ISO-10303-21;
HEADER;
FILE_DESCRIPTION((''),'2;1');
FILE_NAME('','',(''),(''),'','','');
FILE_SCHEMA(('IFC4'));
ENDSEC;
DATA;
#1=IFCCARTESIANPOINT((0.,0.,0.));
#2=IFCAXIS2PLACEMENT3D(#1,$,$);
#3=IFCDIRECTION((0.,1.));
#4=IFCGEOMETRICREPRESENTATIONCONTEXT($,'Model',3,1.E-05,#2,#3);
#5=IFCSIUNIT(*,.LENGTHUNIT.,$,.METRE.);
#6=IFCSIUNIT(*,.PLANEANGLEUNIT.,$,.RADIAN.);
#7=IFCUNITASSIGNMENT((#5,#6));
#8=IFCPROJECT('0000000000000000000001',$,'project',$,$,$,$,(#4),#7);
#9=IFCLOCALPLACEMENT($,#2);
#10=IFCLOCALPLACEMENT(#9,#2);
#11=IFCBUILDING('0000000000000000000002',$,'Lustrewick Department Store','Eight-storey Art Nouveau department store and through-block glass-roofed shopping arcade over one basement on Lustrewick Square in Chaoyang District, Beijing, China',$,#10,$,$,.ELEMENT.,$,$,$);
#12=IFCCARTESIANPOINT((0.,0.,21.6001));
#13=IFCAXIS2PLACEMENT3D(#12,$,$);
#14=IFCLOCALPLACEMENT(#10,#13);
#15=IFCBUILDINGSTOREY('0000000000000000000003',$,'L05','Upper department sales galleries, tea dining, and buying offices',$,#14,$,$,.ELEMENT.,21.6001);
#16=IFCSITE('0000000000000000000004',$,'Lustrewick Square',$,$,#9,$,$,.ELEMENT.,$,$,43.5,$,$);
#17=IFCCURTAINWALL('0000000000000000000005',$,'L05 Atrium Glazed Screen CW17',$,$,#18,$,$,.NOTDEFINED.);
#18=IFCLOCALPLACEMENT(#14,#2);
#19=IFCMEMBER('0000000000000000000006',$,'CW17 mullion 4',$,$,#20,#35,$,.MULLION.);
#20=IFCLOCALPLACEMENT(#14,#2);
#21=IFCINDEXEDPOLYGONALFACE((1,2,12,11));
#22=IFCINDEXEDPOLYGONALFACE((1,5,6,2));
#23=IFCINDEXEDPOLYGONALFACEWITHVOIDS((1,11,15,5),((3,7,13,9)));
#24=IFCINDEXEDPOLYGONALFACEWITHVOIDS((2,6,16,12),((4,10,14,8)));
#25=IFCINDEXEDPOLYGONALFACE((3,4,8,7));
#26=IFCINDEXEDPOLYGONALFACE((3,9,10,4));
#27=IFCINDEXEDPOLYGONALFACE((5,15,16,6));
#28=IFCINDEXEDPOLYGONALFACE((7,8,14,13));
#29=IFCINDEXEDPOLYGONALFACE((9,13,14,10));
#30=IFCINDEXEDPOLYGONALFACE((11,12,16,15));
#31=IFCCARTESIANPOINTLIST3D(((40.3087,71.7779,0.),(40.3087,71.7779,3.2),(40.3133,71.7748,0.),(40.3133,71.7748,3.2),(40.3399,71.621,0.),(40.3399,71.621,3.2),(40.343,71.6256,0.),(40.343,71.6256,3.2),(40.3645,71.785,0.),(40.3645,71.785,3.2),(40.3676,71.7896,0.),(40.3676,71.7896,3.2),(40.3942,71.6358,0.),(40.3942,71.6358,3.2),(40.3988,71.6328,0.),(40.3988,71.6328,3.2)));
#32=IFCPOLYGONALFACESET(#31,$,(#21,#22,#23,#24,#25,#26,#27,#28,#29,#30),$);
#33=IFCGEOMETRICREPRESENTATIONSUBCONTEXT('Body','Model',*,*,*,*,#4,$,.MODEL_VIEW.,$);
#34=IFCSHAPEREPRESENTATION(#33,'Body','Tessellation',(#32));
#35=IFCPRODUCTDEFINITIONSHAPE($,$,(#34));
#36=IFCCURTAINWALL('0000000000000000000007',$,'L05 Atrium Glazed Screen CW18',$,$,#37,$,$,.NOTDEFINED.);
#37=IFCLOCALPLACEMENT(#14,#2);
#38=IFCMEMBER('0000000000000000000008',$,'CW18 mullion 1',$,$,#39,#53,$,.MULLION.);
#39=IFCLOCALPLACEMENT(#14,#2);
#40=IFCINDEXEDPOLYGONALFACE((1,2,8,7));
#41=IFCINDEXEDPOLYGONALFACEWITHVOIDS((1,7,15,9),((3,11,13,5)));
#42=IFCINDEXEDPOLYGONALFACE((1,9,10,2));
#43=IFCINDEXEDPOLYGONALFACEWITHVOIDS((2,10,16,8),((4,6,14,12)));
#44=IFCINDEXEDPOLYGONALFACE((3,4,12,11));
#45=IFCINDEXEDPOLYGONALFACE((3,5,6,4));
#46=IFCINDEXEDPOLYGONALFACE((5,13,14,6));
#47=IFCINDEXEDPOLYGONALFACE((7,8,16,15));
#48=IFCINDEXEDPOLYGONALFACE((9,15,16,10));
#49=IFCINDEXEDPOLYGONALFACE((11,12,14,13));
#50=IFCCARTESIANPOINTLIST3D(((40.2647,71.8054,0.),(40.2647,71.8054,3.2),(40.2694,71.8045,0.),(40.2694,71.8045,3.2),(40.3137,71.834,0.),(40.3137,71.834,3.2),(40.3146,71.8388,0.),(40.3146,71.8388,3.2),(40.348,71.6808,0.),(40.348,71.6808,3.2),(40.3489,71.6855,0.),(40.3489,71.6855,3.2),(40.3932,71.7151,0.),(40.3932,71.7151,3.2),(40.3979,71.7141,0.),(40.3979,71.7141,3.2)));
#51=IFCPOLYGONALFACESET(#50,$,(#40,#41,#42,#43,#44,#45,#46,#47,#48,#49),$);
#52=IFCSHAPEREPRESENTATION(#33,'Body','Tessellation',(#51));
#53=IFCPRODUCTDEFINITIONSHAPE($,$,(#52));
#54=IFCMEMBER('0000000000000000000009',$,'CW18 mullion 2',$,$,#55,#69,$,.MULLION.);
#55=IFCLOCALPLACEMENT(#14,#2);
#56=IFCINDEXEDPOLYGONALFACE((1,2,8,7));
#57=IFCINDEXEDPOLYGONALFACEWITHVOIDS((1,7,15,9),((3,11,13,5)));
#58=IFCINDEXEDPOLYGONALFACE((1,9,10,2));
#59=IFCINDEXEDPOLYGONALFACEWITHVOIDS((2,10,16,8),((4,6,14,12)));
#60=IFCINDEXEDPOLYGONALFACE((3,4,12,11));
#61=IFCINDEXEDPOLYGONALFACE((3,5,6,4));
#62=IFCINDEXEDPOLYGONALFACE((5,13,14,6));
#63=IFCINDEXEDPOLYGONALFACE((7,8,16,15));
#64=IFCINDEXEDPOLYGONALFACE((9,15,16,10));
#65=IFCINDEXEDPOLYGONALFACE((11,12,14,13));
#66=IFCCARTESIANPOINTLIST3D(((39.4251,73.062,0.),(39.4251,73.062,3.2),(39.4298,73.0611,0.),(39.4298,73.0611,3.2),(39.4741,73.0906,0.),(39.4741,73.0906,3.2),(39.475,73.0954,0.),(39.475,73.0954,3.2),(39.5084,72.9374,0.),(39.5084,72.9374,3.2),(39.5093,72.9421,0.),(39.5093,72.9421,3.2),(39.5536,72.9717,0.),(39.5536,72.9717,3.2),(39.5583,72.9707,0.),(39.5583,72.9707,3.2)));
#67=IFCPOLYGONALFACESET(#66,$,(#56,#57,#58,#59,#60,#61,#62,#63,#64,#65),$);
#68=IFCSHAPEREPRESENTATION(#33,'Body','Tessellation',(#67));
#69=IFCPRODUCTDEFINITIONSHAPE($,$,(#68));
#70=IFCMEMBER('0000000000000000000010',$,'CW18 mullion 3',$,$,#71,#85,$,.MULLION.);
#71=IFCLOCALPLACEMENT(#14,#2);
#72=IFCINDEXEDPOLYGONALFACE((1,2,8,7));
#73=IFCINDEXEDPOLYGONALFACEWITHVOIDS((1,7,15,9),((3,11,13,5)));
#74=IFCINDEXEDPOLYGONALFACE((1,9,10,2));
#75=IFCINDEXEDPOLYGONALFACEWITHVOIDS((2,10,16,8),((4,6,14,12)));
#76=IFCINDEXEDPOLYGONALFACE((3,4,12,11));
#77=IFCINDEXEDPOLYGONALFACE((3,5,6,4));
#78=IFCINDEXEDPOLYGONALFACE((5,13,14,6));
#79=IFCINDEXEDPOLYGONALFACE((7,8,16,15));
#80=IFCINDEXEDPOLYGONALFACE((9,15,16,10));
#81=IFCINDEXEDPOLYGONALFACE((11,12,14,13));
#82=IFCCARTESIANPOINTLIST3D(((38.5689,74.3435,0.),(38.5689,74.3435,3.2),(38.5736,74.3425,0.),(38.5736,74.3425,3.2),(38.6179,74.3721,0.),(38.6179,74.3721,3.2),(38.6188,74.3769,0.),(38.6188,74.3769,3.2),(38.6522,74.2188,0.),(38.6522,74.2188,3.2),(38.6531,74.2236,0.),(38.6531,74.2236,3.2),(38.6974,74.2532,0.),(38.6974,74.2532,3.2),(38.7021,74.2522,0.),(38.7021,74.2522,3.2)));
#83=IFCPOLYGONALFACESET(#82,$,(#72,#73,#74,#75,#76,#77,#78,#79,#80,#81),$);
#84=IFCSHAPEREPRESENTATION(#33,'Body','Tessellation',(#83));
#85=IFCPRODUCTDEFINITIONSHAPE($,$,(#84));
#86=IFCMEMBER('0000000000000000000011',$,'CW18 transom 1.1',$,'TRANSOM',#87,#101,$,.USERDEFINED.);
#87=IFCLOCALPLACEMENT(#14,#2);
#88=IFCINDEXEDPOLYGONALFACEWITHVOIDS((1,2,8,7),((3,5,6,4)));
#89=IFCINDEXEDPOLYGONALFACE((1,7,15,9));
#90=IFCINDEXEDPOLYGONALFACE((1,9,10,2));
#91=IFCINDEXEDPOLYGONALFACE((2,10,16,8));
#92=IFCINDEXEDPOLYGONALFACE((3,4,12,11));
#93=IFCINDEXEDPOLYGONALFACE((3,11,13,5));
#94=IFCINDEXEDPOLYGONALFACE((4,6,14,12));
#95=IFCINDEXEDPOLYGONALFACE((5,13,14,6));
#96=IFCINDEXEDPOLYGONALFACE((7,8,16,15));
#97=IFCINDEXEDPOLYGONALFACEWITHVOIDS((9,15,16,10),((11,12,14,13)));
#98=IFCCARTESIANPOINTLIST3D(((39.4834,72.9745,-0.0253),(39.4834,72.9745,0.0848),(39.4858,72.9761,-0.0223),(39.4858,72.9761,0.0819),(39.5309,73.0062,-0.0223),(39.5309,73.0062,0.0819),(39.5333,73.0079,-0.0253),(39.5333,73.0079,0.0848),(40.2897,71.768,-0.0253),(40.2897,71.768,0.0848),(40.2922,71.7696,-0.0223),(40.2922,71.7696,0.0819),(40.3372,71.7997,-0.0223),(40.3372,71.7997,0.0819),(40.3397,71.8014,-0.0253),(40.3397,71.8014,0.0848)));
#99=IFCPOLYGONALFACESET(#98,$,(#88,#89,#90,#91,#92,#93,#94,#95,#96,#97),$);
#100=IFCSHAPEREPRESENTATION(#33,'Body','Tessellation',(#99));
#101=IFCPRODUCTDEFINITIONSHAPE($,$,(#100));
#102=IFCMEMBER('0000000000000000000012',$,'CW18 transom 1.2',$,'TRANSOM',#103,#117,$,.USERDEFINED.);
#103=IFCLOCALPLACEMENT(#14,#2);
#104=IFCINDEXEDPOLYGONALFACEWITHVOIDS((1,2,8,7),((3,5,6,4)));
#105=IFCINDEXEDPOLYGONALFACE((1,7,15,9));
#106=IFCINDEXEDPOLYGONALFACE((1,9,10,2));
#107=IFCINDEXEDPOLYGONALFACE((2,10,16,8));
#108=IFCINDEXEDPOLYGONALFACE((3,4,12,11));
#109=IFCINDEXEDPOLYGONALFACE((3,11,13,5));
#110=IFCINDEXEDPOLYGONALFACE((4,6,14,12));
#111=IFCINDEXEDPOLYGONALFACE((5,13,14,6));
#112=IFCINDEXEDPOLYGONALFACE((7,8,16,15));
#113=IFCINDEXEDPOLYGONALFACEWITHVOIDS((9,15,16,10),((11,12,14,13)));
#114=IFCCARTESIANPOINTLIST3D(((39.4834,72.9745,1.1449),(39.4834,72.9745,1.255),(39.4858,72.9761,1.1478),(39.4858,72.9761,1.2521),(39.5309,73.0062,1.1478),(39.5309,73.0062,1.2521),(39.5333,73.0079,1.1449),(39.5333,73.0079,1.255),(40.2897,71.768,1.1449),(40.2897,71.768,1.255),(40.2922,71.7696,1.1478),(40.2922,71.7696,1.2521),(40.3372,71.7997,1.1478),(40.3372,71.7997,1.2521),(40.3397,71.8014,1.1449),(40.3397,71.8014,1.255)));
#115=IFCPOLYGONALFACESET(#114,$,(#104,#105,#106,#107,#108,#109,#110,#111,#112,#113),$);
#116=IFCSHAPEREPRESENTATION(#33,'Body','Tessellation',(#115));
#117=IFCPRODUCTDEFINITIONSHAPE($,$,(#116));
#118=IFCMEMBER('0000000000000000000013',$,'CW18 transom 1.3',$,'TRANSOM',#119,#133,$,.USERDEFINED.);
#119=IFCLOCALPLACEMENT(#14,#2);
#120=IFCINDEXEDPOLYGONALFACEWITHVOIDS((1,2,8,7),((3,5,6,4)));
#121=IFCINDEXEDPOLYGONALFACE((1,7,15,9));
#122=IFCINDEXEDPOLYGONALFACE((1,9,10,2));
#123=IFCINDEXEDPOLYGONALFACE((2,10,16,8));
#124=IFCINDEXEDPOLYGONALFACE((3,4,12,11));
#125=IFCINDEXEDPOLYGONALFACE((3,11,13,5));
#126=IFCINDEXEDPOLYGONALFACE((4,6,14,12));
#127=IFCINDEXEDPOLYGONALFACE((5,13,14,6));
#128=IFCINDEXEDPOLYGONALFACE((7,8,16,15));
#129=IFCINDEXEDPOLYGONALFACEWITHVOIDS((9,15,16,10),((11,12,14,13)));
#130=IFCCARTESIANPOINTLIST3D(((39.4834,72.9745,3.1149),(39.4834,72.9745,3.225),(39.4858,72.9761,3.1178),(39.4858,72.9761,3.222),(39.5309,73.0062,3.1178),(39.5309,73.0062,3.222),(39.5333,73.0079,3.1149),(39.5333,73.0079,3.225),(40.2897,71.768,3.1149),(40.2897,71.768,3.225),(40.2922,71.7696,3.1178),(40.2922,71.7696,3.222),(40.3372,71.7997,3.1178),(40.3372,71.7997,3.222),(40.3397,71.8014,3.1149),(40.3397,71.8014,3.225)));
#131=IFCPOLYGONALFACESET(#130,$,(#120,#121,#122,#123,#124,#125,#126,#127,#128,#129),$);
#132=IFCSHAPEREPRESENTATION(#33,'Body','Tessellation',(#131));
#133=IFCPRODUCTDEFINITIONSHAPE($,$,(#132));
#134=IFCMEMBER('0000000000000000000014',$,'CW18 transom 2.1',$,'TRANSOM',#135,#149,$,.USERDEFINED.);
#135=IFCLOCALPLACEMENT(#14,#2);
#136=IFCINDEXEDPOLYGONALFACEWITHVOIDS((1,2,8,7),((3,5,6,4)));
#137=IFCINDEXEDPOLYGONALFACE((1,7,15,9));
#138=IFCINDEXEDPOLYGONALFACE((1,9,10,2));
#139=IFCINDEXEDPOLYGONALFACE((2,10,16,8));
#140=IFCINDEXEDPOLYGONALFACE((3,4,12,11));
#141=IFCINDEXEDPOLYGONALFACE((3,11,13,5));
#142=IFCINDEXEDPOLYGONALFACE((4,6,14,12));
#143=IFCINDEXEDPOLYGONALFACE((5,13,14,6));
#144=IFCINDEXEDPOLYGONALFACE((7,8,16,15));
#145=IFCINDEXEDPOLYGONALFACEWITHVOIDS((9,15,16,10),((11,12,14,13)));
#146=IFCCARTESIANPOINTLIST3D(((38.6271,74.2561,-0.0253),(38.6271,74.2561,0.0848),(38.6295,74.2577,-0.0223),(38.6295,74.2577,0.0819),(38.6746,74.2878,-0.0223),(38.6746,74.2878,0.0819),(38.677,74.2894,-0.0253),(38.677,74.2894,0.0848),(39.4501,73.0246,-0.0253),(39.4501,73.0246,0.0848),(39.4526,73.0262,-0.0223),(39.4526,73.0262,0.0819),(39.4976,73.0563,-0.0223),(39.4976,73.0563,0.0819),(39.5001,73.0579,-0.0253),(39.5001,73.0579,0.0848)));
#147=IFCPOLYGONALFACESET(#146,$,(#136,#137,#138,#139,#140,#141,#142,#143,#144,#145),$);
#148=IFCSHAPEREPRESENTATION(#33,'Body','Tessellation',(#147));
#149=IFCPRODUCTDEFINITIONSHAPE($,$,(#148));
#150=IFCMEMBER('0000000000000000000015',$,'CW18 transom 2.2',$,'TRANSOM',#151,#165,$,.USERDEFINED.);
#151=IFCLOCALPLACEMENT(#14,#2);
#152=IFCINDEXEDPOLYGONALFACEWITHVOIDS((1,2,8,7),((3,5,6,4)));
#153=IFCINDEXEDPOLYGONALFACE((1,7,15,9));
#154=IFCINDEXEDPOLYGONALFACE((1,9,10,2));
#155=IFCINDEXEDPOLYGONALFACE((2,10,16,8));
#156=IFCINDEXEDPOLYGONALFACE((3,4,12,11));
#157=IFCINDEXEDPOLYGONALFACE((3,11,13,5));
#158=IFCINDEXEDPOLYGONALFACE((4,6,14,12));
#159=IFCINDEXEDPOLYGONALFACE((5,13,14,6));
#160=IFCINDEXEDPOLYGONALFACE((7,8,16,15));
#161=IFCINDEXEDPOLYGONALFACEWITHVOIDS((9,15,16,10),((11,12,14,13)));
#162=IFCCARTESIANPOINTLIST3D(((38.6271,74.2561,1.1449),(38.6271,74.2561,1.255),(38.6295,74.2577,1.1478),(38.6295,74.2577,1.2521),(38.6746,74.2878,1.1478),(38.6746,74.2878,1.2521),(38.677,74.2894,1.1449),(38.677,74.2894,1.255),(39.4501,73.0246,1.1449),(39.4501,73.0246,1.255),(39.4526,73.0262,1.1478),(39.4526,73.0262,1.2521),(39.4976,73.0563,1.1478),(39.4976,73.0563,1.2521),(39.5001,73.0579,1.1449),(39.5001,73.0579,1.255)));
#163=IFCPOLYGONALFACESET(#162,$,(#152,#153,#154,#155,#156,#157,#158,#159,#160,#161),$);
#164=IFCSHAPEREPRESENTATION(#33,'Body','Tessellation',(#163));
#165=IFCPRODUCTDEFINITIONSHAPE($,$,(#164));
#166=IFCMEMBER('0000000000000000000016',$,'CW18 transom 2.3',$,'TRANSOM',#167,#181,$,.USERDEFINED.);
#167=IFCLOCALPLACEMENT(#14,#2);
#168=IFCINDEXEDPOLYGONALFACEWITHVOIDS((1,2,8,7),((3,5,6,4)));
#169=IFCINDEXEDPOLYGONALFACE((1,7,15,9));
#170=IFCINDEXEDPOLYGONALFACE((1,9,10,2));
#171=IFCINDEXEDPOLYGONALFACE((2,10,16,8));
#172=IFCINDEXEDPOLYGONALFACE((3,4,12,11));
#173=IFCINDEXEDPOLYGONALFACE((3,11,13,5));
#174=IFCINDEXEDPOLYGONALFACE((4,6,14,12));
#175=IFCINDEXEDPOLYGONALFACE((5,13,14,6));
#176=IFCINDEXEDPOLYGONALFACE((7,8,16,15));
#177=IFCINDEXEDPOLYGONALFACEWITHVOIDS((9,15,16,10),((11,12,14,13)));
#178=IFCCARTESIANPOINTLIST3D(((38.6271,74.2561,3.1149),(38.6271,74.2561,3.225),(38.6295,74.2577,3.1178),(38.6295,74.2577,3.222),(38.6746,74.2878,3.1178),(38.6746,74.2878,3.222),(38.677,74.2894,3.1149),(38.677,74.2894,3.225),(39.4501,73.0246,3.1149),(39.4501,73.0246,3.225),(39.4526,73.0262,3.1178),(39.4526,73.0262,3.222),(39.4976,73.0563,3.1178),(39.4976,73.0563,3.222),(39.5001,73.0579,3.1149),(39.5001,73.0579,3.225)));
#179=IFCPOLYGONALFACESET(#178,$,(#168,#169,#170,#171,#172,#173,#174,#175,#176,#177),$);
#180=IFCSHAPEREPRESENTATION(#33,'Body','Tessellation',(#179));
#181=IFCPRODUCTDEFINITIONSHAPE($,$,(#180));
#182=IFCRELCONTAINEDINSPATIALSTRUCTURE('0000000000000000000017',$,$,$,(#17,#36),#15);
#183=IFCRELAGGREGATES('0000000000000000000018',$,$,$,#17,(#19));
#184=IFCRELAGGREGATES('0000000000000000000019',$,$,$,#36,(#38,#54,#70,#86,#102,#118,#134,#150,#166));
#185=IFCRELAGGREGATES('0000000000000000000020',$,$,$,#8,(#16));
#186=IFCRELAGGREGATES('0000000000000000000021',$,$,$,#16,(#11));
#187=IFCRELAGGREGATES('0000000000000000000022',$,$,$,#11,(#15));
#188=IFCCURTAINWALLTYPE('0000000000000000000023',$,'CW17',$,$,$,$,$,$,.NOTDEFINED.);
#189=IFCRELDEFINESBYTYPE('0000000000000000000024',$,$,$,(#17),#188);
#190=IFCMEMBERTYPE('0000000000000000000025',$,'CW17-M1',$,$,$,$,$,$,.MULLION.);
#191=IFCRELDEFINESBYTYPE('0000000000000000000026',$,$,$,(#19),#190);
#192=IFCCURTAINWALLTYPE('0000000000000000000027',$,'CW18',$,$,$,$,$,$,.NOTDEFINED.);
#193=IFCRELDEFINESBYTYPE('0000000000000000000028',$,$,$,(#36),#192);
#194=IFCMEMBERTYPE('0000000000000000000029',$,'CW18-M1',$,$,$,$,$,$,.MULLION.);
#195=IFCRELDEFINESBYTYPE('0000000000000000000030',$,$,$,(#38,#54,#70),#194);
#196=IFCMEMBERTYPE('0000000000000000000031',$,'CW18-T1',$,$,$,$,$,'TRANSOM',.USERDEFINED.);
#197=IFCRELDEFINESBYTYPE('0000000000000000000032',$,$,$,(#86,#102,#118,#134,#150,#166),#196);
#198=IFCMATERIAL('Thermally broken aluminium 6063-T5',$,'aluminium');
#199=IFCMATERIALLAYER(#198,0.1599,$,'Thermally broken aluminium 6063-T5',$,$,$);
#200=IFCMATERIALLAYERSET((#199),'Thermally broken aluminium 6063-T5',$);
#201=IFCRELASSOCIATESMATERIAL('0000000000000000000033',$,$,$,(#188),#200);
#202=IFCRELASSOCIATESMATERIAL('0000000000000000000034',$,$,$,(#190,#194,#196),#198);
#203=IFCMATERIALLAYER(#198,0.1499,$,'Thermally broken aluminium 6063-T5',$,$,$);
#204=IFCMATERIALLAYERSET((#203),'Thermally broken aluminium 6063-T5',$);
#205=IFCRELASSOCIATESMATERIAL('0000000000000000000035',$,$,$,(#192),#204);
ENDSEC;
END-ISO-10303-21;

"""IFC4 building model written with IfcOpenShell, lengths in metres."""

from ifc_helpers import new_model, si_unit, direction, frame, origin, origin_2d, place, context, subcontext, project, spatial, hollow_rectangle, extrude, material, layer, layer_set, material_profile, profile_set, type_object, element, aggregate, save


model = new_model("IFC4")

# Units and contexts
model_context = context("Model", 3, precision=1e-05, world=origin(), true_north=direction((0.0, 1.0)))
body_context = subcontext(model_context, "Body", "Model", "MODEL_VIEW")
ifc_project = project(units=[si_unit("LENGTHUNIT", "METRE"), si_unit("PLANEANGLEUNIT", "RADIAN")], contexts=[model_context])

# Site, building, storey
site_placement = place(None, origin())
site = spatial("IfcSite", under=ifc_project, at=site_placement, Name="Lustrewick Square", CompositionType="ELEMENT", RefElevation=43.5)
building_placement = place(site_placement, origin())
building = spatial("IfcBuilding", under=site, at=building_placement, Name="Lustrewick Department Store", Description="Eight-storey Art Nouveau department store and through-block glass-roofed shopping arcade over one basement on Lustrewick Square in Chaoyang District, Beijing, China", CompositionType="ELEMENT")
storey_placement = place(building_placement, frame((0.0, 0.0, 21.6001)))
storey = spatial("IfcBuildingStorey", under=building, at=storey_placement, Name="L05", Description="Upper department sales galleries, tea dining, and buying offices", CompositionType="ELEMENT", Elevation=21.6001)

# Curtain wall, member
ifc_material_1 = material(Name="Thermally broken aluminium 6063-T5", Category="aluminium")
ifc_layer_1 = layer(ifc_material_1, 0.1599, Name="Thermally broken aluminium 6063-T5")
ifc_layer_set_1 = layer_set([ifc_layer_1], Name="Thermally broken aluminium 6063-T5")
curtain_wall_type_1 = type_object("IfcCurtainWallType", Name="CW17", PredefinedType="NOTDEFINED", material=ifc_layer_set_1)
curtain_wall_1_placement = place(storey_placement, origin())
curtain_wall_1 = element("IfcCurtainWall", 1, at=curtain_wall_1_placement, inside=storey, type_object=curtain_wall_type_1, Name="L05 Atrium Glazed Screen CW17", PredefinedType="NOTDEFINED")
ifc_material_profile_1 = material_profile(ifc_material_1, hollow_rectangle(XDim=0.0601, YDim=0.1599, WallThickness=0.0039, at=origin_2d()), Name="ALU-M 60x160x4")
ifc_profile_set_1 = profile_set([ifc_material_profile_1], Name="Thermally broken aluminium 6063-T5")
member_type_1 = type_object("IfcMemberType", Name="CW17-M1", PredefinedType="MULLION", material=ifc_profile_set_1)
member_1_placement = place(storey_placement, frame((40.3538, 71.7053, 0.0), z_axis=(0.0, 0.0, 1.0), x_axis=(-0.980786, -0.195085, 0.0)))
member_1 = element("IfcMember", 2, at=member_1_placement, type_object=member_type_1, Name="CW17 mullion 4", PredefinedType="MULLION", context=body_context, shape_type="SweptSolid", body=[
    extrude(hollow_rectangle(XDim=0.0601, YDim=0.1599, WallThickness=0.0039, at=origin_2d()), origin(), (0.0, 0.0, 1.0), 3.2),
])

# Curtain wall, members
ifc_layer_2 = layer(ifc_material_1, 0.1499, Name="Thermally broken aluminium 6063-T5")
ifc_layer_set_2 = layer_set([ifc_layer_2], Name="Thermally broken aluminium 6063-T5")
curtain_wall_type_2 = type_object("IfcCurtainWallType", Name="CW18", PredefinedType="NOTDEFINED", material=ifc_layer_set_2)
curtain_wall_2_placement = place(storey_placement, origin())
curtain_wall_2 = element("IfcCurtainWall", 3, at=curtain_wall_2_placement, inside=storey, type_object=curtain_wall_type_2, Name="L05 Atrium Glazed Screen CW18", PredefinedType="NOTDEFINED")
ifc_material_profile_2 = material_profile(ifc_material_1, hollow_rectangle(XDim=0.0601, YDim=0.1499, WallThickness=0.0034, at=origin_2d()), Name="ALU-M 60x150x3.5")
ifc_profile_set_2 = profile_set([ifc_material_profile_2], Name="Thermally broken aluminium 6063-T5")
member_type_2 = type_object("IfcMemberType", Name="CW18-M1", PredefinedType="MULLION", material=ifc_profile_set_2)
member_2_placement = place(storey_placement, frame((40.3313, 71.7598, 0.0), z_axis=(0.0, 0.0, 1.0), x_axis=(-0.831464, -0.555578, 0.0)))
member_2 = element("IfcMember", 4, at=member_2_placement, type_object=member_type_2, Name="CW18 mullion 1", PredefinedType="MULLION", context=body_context, shape_type="SweptSolid", body=[
    extrude(hollow_rectangle(XDim=0.0601, YDim=0.1499, WallThickness=0.0034, at=origin_2d()), origin(), (0.0, 0.0, 1.0), 3.2),
])
member_3_placement = place(storey_placement, frame((39.4917, 73.0164, 0.0), z_axis=(0.0, 0.0, 1.0), x_axis=(-0.831464, -0.555578, 0.0)))
member_3 = element("IfcMember", 5, at=member_3_placement, type_object=member_type_2, Name="CW18 mullion 2", PredefinedType="MULLION", context=body_context, shape_type="SweptSolid", body=[
    extrude(hollow_rectangle(XDim=0.0601, YDim=0.1499, WallThickness=0.0034, at=origin_2d()), origin(), (0.0, 0.0, 1.0), 3.2),
])
member_4_placement = place(storey_placement, frame((38.6355, 74.2979, 0.0), z_axis=(0.0, 0.0, 1.0), x_axis=(-0.831464, -0.555578, 0.0)))
member_4 = element("IfcMember", 6, at=member_4_placement, type_object=member_type_2, Name="CW18 mullion 3", PredefinedType="MULLION", context=body_context, shape_type="SweptSolid", body=[
    extrude(hollow_rectangle(XDim=0.0601, YDim=0.1499, WallThickness=0.0034, at=origin_2d()), origin(), (0.0, 0.0, 1.0), 3.2),
])
ifc_material_profile_3 = material_profile(ifc_material_1, hollow_rectangle(XDim=0.0601, YDim=0.1101, WallThickness=0.0029, at=origin_2d()), Name="ALU-T 60x110x3")
ifc_profile_set_3 = profile_set([ifc_material_profile_3], Name="Thermally broken aluminium 6063-T5")
member_type_3 = type_object("IfcMemberType", Name="CW18-T1", ElementType="TRANSOM", PredefinedType="USERDEFINED", material=ifc_profile_set_3)
member_5_placement = place(storey_placement, frame((40.3147, 71.7847, 0.0298), z_axis=(-0.55567, 0.831403, 0.0), x_axis=(-0.831403, -0.55567, 0.0)))
member_5 = element("IfcMember", 7, at=member_5_placement, type_object=member_type_3, Name="CW18 transom 1.1", ObjectType="TRANSOM", PredefinedType="USERDEFINED", context=body_context, shape_type="SweptSolid", body=[
    extrude(hollow_rectangle(XDim=0.0601, YDim=0.1101, WallThickness=0.0029, at=origin_2d()), origin(), (0.0, 0.0, 1.0), 1.4512),
])
member_6_placement = place(storey_placement, frame((40.3147, 71.7847, 1.2), z_axis=(-0.55567, 0.831403, 0.0), x_axis=(-0.831403, -0.55567, 0.0)))
member_6 = element("IfcMember", 8, at=member_6_placement, type_object=member_type_3, Name="CW18 transom 1.2", ObjectType="TRANSOM", PredefinedType="USERDEFINED", context=body_context, shape_type="SweptSolid", body=[
    extrude(hollow_rectangle(XDim=0.0601, YDim=0.1101, WallThickness=0.0029, at=origin_2d()), origin(), (0.0, 0.0, 1.0), 1.4512),
])
member_7_placement = place(storey_placement, frame((40.3147, 71.7847, 3.1699), z_axis=(-0.55567, 0.831403, 0.0), x_axis=(-0.831403, -0.55567, 0.0)))
member_7 = element("IfcMember", 9, at=member_7_placement, type_object=member_type_3, Name="CW18 transom 1.3", ObjectType="TRANSOM", PredefinedType="USERDEFINED", context=body_context, shape_type="SweptSolid", body=[
    extrude(hollow_rectangle(XDim=0.0601, YDim=0.1101, WallThickness=0.0029, at=origin_2d()), origin(), (0.0, 0.0, 1.0), 1.4512),
])
member_8_placement = place(storey_placement, frame((39.4751, 73.0413, 0.0298), z_axis=(-0.555651, 0.831416, 0.0), x_axis=(-0.831416, -0.555651, 0.0)))
member_8 = element("IfcMember", 10, at=member_8_placement, type_object=member_type_3, Name="CW18 transom 2.1", ObjectType="TRANSOM", PredefinedType="USERDEFINED", context=body_context, shape_type="SweptSolid", body=[
    extrude(hollow_rectangle(XDim=0.0601, YDim=0.1101, WallThickness=0.0029, at=origin_2d()), origin(), (0.0, 0.0, 1.0), 1.4812),
])
member_9_placement = place(storey_placement, frame((39.4751, 73.0413, 1.2), z_axis=(-0.555651, 0.831416, 0.0), x_axis=(-0.831416, -0.555651, 0.0)))
member_9 = element("IfcMember", 11, at=member_9_placement, type_object=member_type_3, Name="CW18 transom 2.2", ObjectType="TRANSOM", PredefinedType="USERDEFINED", context=body_context, shape_type="SweptSolid", body=[
    extrude(hollow_rectangle(XDim=0.0601, YDim=0.1101, WallThickness=0.0029, at=origin_2d()), origin(), (0.0, 0.0, 1.0), 1.4812),
])
member_10_placement = place(storey_placement, frame((39.4751, 73.0413, 3.1699), z_axis=(-0.555651, 0.831416, 0.0), x_axis=(-0.831416, -0.555651, 0.0)))
member_10 = element("IfcMember", 12, at=member_10_placement, type_object=member_type_3, Name="CW18 transom 2.3", ObjectType="TRANSOM", PredefinedType="USERDEFINED", context=body_context, shape_type="SweptSolid", body=[
    extrude(hollow_rectangle(XDim=0.0601, YDim=0.1101, WallThickness=0.0029, at=origin_2d()), origin(), (0.0, 0.0, 1.0), 1.4812),
])

aggregate(curtain_wall_1, [member_1])
aggregate(curtain_wall_2, [member_2, member_3, member_4, member_5, member_6, member_7, member_8, member_9, member_10])

save(model, "model.ifc")
